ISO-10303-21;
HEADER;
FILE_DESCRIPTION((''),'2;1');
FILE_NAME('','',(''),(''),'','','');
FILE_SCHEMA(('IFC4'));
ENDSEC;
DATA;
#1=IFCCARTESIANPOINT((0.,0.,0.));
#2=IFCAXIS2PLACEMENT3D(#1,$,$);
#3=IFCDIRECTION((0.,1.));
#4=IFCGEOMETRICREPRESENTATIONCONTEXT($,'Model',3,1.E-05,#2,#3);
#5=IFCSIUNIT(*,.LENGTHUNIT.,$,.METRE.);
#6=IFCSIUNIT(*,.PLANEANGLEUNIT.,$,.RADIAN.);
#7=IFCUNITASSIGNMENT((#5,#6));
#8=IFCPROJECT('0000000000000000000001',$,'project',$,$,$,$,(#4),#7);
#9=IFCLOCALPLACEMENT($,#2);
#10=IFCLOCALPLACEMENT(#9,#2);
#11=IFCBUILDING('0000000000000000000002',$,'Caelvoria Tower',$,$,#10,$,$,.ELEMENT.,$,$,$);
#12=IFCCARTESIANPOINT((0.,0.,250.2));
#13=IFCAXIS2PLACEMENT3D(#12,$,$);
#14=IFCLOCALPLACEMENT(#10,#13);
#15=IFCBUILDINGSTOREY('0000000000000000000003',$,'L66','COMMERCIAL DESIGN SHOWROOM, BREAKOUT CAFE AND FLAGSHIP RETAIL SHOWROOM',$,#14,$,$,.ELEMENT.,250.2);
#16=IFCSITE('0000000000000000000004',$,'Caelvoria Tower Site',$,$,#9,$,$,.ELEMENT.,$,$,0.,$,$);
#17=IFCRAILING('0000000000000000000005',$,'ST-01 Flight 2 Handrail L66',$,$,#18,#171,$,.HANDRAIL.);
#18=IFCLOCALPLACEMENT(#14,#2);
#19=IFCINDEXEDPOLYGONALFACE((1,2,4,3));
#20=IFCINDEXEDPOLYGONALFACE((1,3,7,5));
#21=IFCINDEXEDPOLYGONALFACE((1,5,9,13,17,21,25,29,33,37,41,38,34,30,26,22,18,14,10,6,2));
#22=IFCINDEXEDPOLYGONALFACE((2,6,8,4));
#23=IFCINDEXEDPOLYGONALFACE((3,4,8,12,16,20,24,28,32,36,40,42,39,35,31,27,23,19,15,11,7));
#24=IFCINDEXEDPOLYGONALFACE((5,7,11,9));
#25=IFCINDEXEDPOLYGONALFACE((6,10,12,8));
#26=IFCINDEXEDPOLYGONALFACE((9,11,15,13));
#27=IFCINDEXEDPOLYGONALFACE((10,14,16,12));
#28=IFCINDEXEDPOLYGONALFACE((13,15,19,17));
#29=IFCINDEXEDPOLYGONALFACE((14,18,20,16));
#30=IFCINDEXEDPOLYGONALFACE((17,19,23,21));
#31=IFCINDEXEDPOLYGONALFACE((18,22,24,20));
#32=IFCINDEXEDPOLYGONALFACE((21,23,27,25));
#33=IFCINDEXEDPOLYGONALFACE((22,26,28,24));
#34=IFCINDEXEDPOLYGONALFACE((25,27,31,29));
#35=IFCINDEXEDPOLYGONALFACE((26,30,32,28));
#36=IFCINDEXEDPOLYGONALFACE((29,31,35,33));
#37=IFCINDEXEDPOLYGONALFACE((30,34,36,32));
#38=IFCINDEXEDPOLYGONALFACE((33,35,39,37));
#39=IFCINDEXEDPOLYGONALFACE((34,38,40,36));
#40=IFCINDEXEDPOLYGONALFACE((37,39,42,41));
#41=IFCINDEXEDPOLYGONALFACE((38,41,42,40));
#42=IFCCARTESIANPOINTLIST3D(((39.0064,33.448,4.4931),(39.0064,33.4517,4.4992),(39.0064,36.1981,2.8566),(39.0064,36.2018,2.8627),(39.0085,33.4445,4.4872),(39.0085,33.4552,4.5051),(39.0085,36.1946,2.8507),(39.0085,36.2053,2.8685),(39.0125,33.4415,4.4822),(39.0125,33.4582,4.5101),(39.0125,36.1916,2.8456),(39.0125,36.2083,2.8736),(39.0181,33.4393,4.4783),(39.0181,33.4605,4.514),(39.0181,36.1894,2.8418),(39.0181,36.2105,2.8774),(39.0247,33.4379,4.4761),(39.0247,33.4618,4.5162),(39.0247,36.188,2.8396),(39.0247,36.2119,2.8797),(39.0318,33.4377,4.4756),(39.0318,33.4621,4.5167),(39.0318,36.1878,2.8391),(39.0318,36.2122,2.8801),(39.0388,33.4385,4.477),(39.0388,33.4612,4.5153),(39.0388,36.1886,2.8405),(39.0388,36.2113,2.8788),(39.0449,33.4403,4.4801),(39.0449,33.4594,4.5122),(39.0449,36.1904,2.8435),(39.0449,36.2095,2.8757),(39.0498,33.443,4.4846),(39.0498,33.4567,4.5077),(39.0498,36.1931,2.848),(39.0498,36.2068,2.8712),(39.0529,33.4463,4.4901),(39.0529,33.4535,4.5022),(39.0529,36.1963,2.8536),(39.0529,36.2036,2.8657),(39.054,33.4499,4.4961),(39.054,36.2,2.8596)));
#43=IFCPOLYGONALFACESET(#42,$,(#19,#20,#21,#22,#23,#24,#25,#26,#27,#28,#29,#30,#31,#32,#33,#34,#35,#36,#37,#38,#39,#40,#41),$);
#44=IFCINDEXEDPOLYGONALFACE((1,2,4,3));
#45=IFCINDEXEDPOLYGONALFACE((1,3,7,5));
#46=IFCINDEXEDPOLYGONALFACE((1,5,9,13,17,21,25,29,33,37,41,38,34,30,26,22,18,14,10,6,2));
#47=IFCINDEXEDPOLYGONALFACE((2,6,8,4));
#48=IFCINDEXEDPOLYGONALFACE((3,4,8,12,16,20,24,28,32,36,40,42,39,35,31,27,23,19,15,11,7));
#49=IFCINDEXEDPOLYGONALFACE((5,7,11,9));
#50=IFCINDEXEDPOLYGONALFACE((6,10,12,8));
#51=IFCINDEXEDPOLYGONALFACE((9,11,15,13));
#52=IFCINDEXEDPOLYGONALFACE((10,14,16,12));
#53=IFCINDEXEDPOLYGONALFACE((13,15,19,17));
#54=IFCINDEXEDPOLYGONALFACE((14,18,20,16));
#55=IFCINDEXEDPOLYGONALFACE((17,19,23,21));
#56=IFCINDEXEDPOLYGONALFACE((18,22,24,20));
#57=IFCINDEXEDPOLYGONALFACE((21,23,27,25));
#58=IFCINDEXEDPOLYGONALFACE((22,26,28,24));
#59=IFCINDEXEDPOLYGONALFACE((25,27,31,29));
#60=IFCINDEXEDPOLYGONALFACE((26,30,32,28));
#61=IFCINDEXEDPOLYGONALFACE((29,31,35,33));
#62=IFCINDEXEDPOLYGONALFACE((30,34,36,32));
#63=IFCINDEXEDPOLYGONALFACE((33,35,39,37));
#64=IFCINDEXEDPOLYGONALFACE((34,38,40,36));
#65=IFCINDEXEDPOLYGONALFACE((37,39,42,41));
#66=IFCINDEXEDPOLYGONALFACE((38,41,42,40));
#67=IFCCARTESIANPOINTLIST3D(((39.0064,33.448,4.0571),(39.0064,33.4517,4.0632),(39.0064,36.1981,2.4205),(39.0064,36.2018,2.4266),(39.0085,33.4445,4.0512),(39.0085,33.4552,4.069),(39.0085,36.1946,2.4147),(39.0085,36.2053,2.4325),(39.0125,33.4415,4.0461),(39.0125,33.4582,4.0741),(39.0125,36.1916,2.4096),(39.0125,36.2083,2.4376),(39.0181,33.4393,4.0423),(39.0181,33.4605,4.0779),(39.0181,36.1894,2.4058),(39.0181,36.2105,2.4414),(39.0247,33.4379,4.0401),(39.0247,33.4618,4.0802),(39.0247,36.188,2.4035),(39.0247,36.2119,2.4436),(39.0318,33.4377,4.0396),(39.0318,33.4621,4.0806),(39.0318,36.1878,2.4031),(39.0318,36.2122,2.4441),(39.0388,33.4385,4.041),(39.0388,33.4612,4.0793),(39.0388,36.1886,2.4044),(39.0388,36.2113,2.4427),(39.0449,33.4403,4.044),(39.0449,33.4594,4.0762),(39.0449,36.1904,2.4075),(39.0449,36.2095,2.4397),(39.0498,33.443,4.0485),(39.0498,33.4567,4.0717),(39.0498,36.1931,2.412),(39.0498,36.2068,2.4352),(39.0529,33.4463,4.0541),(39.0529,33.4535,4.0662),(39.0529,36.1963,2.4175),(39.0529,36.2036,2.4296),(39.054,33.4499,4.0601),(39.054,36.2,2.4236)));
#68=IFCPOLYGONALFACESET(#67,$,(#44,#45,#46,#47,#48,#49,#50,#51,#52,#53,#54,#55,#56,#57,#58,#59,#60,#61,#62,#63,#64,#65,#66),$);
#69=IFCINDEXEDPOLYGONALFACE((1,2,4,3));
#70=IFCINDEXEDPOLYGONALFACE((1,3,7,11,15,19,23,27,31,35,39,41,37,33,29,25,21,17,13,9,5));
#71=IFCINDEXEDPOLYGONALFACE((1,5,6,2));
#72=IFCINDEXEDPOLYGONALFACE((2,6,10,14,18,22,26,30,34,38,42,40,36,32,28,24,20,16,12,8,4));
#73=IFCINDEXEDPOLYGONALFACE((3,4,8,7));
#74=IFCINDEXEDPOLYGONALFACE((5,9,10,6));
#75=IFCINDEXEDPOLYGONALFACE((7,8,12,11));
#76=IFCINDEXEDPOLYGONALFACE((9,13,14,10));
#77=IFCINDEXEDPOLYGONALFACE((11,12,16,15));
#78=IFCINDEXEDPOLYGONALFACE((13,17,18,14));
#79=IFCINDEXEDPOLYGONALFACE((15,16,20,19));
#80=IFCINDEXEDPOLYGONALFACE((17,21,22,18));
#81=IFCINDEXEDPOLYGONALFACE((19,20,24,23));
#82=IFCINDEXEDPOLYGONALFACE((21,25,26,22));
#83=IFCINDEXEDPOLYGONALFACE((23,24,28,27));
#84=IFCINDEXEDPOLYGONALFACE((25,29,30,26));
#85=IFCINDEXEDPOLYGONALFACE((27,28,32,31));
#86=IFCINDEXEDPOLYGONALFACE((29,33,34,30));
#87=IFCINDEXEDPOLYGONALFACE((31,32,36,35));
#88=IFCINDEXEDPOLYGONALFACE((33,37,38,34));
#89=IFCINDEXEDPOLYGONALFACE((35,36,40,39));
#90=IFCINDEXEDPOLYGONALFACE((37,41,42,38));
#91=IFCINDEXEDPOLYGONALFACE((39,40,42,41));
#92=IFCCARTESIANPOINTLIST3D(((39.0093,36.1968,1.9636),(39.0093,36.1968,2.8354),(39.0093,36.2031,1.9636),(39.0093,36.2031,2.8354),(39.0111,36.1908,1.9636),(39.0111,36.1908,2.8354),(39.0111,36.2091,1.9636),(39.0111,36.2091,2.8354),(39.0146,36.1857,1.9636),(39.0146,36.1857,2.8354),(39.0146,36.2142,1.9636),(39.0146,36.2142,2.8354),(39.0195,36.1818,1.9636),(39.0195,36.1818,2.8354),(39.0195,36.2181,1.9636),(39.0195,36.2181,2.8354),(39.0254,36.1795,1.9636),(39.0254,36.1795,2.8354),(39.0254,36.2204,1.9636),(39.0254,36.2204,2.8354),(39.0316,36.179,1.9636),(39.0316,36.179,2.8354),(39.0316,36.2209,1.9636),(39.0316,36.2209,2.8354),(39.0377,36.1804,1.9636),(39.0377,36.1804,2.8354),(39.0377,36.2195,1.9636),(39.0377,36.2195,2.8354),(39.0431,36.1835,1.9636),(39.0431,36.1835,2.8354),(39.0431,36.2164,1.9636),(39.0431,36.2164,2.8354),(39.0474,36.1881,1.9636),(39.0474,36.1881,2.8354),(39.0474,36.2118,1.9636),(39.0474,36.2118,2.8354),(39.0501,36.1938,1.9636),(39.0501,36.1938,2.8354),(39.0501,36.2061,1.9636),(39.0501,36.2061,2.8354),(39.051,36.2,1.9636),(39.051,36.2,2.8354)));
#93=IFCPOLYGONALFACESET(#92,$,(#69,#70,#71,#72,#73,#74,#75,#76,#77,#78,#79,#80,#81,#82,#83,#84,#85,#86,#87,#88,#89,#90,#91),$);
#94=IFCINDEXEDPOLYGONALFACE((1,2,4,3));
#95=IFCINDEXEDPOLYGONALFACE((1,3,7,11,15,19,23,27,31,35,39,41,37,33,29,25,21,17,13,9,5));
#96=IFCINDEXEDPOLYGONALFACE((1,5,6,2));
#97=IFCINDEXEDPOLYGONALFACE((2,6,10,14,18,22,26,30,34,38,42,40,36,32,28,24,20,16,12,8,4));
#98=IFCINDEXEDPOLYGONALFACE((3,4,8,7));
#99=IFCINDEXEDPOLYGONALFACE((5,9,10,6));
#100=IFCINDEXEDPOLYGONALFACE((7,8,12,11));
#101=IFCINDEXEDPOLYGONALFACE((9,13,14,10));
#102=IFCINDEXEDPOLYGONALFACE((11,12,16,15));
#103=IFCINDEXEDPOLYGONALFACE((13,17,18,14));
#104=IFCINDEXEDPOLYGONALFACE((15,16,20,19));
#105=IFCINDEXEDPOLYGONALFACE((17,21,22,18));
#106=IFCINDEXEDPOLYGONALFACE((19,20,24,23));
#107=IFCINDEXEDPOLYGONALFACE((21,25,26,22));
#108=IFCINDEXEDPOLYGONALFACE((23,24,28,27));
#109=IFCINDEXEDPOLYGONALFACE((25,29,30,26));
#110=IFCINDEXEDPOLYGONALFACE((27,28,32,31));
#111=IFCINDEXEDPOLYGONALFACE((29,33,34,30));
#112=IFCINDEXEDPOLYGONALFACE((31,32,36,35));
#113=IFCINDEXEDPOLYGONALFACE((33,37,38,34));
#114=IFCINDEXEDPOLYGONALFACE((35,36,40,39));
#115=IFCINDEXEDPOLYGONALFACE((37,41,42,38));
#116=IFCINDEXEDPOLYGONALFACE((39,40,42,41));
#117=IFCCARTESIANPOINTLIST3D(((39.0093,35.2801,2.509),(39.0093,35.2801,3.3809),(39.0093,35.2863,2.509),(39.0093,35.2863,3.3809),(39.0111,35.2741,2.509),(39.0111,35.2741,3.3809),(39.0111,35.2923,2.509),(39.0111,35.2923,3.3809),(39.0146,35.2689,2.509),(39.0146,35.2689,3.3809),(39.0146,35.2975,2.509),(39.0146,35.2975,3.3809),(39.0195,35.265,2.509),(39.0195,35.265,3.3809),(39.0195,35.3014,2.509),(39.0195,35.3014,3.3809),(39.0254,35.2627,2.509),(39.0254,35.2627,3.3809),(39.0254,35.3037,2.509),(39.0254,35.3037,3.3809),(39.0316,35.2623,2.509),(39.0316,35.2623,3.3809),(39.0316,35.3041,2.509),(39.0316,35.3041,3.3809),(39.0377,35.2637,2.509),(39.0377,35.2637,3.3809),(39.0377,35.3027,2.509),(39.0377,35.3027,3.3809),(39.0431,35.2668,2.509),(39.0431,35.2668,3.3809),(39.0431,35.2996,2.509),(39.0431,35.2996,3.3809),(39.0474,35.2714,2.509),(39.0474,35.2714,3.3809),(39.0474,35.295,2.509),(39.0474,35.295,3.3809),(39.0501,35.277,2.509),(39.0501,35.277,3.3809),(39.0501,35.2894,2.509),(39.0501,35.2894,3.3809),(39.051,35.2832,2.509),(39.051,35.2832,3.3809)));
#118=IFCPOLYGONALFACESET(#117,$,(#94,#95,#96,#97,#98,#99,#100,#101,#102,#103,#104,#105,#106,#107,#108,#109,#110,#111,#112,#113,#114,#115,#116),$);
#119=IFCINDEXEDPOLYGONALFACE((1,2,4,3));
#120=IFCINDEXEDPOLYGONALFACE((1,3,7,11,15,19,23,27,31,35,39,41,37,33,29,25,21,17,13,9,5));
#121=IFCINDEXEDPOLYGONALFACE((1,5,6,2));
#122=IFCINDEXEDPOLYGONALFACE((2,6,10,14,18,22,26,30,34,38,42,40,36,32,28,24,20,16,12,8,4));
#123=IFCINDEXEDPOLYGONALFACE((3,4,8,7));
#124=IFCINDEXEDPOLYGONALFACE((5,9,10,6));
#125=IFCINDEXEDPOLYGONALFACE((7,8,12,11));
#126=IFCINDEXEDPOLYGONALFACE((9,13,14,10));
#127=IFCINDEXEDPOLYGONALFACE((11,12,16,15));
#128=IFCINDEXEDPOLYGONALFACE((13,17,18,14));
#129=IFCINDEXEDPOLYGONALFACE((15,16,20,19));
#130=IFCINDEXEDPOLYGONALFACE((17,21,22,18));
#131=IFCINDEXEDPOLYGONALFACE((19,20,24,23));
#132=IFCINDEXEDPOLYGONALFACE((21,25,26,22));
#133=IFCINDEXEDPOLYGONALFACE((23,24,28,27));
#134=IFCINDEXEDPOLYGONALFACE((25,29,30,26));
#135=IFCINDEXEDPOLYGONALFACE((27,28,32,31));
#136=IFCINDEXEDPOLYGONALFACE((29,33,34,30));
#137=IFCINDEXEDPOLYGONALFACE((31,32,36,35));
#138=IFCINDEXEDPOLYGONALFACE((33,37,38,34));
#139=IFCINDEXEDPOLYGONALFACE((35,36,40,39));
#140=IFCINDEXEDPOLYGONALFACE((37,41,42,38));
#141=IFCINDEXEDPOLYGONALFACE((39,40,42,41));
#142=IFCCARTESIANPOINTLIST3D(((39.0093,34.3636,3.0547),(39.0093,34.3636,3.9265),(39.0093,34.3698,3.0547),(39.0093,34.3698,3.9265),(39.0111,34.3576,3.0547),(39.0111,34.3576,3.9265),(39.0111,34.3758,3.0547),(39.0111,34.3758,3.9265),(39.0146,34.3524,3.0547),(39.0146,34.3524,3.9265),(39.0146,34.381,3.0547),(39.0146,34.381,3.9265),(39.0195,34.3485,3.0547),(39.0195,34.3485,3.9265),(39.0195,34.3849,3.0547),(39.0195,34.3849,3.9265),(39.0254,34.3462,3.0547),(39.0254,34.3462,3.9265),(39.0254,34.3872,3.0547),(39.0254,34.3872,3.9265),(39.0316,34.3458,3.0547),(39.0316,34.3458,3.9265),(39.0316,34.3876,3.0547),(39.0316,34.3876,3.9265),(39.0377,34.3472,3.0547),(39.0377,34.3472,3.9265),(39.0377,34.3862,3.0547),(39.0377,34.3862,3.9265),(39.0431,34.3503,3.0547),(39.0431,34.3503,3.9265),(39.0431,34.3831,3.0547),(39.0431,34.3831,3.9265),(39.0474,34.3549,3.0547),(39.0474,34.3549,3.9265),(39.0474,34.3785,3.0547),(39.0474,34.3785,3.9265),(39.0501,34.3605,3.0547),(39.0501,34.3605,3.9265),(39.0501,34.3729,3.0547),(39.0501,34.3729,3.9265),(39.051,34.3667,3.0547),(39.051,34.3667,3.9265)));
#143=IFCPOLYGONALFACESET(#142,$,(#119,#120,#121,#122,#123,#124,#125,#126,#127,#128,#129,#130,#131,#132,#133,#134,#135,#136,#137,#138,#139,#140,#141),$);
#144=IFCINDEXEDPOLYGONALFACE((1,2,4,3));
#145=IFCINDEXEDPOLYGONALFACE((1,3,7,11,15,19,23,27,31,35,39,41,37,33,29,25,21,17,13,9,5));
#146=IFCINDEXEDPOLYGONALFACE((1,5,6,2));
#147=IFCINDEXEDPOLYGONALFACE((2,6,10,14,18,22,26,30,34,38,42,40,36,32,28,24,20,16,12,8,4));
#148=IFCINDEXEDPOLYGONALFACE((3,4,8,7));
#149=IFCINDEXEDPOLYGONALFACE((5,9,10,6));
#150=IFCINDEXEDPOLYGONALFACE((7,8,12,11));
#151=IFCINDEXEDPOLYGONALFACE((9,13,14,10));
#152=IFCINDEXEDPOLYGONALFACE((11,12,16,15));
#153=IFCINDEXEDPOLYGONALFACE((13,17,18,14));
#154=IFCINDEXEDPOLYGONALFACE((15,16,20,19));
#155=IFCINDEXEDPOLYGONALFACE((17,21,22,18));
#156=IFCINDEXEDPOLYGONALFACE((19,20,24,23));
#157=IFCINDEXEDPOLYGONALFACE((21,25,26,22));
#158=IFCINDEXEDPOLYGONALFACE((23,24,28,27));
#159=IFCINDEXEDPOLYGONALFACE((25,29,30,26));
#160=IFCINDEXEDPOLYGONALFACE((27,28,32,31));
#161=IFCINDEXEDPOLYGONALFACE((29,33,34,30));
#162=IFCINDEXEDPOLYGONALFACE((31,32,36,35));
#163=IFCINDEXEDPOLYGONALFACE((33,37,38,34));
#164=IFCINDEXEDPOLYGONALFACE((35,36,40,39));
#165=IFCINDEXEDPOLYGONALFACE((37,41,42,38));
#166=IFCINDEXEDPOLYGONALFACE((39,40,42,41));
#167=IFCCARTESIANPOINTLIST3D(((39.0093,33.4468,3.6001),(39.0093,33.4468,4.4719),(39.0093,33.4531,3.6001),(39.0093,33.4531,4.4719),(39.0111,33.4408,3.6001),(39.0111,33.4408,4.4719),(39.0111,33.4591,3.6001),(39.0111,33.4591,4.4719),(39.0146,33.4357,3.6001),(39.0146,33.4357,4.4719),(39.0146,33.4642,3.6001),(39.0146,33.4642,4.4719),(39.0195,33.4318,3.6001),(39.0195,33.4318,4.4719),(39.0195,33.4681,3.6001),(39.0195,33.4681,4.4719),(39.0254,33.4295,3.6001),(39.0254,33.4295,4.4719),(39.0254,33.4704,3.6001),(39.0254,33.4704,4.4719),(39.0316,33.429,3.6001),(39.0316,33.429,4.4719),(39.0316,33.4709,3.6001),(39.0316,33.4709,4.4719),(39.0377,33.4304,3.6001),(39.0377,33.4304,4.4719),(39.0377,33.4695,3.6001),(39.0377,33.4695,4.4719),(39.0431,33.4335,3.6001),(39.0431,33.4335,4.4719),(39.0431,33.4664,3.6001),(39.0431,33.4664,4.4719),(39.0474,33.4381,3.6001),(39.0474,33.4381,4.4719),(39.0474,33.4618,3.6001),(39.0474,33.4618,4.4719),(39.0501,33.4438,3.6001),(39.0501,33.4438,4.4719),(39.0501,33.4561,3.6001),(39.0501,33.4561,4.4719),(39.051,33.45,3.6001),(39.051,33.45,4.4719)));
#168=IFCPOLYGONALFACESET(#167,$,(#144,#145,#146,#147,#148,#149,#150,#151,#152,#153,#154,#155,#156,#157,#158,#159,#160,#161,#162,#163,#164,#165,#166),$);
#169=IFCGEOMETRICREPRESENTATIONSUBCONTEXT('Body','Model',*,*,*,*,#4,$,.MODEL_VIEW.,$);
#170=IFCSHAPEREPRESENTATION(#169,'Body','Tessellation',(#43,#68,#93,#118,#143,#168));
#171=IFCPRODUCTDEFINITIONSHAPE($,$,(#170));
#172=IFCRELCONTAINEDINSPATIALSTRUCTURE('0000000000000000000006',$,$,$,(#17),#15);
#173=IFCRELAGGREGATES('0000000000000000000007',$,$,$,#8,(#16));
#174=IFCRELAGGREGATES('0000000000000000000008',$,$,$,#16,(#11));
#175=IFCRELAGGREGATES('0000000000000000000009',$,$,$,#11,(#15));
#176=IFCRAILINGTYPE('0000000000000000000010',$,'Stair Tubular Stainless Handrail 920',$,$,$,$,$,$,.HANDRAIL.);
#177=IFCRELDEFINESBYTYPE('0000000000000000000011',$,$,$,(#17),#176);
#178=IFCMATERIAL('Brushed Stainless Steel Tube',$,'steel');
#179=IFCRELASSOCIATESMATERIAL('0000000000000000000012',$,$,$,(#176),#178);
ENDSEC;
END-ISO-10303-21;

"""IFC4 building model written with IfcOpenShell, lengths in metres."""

from ifc_helpers import new_model, si_unit, direction, frame, origin, origin_2d, place, context, subcontext, project, spatial, circle, extrude, material, type_object, element, save


model = new_model("IFC4")

# Units and contexts
model_context = context("Model", 3, precision=1e-05, world=origin(), true_north=direction((0.0, 1.0)))
body_context = subcontext(model_context, "Body", "Model", "MODEL_VIEW")
ifc_project = project(units=[si_unit("LENGTHUNIT", "METRE"), si_unit("PLANEANGLEUNIT", "RADIAN")], contexts=[model_context])

# Site, building, storey
site_placement = place(None, origin())
site = spatial("IfcSite", under=ifc_project, at=site_placement, Name="Caelvoria Tower Site", CompositionType="ELEMENT", RefElevation=0.0)
building_placement = place(site_placement, origin())
building = spatial("IfcBuilding", under=site, at=building_placement, Name="Caelvoria Tower", CompositionType="ELEMENT")
storey_placement = place(building_placement, frame((0.0, 0.0, 250.2)))
storey = spatial("IfcBuildingStorey", under=building, at=storey_placement, Name="L66", Description="COMMERCIAL DESIGN SHOWROOM, BREAKOUT CAFE AND FLAGSHIP RETAIL SHOWROOM", CompositionType="ELEMENT", Elevation=250.2)

# Railing
ifc_material_1 = material(Name="Brushed Stainless Steel Tube", Category="steel")
railing_type_1 = type_object("IfcRailingType", Name="Stair Tubular Stainless Handrail 920", PredefinedType="HANDRAIL", material=ifc_material_1)
railing_1_placement = place(storey_placement, frame((39.03, 36.2, 1.9636)))
element("IfcRailing", 1, at=railing_1_placement, inside=storey, type_object=railing_type_1, Name="ST-01 Flight 2 Handrail L66", PredefinedType="HANDRAIL", context=body_context, shape_type="SweptSolid", body=[
    extrude(circle(Radius=0.0239, at=origin_2d()), frame((0.0, 0.0, 0.896), z_axis=(0.0, -0.859352, 0.511385), x_axis=(1.0, 0.0, 0.0)), (0.0, 0.0, 1.0), 3.2002),
    extrude(circle(Radius=0.0239, at=origin_2d()), frame((0.0, 0.0, 0.46), z_axis=(0.0, -0.859352, 0.511385), x_axis=(1.0, 0.0, 0.0)), (0.0, 0.0, 1.0), 3.2002),
    extrude(circle(Radius=0.021, at=origin_2d()), origin(), (0.0, 0.0, 1.0), 0.8718),
    extrude(circle(Radius=0.021, at=origin_2d()), frame((0.0, -0.9167, 0.5454)), (0.0, 0.0, 1.0), 0.8718),
    extrude(circle(Radius=0.021, at=origin_2d()), frame((0.0, -1.8333, 1.0911)), (0.0, 0.0, 1.0), 0.8718),
    extrude(circle(Radius=0.021, at=origin_2d()), frame((0.0, -2.75, 1.6365)), (0.0, 0.0, 1.0), 0.8718),
])

save(model, "model.ifc")
